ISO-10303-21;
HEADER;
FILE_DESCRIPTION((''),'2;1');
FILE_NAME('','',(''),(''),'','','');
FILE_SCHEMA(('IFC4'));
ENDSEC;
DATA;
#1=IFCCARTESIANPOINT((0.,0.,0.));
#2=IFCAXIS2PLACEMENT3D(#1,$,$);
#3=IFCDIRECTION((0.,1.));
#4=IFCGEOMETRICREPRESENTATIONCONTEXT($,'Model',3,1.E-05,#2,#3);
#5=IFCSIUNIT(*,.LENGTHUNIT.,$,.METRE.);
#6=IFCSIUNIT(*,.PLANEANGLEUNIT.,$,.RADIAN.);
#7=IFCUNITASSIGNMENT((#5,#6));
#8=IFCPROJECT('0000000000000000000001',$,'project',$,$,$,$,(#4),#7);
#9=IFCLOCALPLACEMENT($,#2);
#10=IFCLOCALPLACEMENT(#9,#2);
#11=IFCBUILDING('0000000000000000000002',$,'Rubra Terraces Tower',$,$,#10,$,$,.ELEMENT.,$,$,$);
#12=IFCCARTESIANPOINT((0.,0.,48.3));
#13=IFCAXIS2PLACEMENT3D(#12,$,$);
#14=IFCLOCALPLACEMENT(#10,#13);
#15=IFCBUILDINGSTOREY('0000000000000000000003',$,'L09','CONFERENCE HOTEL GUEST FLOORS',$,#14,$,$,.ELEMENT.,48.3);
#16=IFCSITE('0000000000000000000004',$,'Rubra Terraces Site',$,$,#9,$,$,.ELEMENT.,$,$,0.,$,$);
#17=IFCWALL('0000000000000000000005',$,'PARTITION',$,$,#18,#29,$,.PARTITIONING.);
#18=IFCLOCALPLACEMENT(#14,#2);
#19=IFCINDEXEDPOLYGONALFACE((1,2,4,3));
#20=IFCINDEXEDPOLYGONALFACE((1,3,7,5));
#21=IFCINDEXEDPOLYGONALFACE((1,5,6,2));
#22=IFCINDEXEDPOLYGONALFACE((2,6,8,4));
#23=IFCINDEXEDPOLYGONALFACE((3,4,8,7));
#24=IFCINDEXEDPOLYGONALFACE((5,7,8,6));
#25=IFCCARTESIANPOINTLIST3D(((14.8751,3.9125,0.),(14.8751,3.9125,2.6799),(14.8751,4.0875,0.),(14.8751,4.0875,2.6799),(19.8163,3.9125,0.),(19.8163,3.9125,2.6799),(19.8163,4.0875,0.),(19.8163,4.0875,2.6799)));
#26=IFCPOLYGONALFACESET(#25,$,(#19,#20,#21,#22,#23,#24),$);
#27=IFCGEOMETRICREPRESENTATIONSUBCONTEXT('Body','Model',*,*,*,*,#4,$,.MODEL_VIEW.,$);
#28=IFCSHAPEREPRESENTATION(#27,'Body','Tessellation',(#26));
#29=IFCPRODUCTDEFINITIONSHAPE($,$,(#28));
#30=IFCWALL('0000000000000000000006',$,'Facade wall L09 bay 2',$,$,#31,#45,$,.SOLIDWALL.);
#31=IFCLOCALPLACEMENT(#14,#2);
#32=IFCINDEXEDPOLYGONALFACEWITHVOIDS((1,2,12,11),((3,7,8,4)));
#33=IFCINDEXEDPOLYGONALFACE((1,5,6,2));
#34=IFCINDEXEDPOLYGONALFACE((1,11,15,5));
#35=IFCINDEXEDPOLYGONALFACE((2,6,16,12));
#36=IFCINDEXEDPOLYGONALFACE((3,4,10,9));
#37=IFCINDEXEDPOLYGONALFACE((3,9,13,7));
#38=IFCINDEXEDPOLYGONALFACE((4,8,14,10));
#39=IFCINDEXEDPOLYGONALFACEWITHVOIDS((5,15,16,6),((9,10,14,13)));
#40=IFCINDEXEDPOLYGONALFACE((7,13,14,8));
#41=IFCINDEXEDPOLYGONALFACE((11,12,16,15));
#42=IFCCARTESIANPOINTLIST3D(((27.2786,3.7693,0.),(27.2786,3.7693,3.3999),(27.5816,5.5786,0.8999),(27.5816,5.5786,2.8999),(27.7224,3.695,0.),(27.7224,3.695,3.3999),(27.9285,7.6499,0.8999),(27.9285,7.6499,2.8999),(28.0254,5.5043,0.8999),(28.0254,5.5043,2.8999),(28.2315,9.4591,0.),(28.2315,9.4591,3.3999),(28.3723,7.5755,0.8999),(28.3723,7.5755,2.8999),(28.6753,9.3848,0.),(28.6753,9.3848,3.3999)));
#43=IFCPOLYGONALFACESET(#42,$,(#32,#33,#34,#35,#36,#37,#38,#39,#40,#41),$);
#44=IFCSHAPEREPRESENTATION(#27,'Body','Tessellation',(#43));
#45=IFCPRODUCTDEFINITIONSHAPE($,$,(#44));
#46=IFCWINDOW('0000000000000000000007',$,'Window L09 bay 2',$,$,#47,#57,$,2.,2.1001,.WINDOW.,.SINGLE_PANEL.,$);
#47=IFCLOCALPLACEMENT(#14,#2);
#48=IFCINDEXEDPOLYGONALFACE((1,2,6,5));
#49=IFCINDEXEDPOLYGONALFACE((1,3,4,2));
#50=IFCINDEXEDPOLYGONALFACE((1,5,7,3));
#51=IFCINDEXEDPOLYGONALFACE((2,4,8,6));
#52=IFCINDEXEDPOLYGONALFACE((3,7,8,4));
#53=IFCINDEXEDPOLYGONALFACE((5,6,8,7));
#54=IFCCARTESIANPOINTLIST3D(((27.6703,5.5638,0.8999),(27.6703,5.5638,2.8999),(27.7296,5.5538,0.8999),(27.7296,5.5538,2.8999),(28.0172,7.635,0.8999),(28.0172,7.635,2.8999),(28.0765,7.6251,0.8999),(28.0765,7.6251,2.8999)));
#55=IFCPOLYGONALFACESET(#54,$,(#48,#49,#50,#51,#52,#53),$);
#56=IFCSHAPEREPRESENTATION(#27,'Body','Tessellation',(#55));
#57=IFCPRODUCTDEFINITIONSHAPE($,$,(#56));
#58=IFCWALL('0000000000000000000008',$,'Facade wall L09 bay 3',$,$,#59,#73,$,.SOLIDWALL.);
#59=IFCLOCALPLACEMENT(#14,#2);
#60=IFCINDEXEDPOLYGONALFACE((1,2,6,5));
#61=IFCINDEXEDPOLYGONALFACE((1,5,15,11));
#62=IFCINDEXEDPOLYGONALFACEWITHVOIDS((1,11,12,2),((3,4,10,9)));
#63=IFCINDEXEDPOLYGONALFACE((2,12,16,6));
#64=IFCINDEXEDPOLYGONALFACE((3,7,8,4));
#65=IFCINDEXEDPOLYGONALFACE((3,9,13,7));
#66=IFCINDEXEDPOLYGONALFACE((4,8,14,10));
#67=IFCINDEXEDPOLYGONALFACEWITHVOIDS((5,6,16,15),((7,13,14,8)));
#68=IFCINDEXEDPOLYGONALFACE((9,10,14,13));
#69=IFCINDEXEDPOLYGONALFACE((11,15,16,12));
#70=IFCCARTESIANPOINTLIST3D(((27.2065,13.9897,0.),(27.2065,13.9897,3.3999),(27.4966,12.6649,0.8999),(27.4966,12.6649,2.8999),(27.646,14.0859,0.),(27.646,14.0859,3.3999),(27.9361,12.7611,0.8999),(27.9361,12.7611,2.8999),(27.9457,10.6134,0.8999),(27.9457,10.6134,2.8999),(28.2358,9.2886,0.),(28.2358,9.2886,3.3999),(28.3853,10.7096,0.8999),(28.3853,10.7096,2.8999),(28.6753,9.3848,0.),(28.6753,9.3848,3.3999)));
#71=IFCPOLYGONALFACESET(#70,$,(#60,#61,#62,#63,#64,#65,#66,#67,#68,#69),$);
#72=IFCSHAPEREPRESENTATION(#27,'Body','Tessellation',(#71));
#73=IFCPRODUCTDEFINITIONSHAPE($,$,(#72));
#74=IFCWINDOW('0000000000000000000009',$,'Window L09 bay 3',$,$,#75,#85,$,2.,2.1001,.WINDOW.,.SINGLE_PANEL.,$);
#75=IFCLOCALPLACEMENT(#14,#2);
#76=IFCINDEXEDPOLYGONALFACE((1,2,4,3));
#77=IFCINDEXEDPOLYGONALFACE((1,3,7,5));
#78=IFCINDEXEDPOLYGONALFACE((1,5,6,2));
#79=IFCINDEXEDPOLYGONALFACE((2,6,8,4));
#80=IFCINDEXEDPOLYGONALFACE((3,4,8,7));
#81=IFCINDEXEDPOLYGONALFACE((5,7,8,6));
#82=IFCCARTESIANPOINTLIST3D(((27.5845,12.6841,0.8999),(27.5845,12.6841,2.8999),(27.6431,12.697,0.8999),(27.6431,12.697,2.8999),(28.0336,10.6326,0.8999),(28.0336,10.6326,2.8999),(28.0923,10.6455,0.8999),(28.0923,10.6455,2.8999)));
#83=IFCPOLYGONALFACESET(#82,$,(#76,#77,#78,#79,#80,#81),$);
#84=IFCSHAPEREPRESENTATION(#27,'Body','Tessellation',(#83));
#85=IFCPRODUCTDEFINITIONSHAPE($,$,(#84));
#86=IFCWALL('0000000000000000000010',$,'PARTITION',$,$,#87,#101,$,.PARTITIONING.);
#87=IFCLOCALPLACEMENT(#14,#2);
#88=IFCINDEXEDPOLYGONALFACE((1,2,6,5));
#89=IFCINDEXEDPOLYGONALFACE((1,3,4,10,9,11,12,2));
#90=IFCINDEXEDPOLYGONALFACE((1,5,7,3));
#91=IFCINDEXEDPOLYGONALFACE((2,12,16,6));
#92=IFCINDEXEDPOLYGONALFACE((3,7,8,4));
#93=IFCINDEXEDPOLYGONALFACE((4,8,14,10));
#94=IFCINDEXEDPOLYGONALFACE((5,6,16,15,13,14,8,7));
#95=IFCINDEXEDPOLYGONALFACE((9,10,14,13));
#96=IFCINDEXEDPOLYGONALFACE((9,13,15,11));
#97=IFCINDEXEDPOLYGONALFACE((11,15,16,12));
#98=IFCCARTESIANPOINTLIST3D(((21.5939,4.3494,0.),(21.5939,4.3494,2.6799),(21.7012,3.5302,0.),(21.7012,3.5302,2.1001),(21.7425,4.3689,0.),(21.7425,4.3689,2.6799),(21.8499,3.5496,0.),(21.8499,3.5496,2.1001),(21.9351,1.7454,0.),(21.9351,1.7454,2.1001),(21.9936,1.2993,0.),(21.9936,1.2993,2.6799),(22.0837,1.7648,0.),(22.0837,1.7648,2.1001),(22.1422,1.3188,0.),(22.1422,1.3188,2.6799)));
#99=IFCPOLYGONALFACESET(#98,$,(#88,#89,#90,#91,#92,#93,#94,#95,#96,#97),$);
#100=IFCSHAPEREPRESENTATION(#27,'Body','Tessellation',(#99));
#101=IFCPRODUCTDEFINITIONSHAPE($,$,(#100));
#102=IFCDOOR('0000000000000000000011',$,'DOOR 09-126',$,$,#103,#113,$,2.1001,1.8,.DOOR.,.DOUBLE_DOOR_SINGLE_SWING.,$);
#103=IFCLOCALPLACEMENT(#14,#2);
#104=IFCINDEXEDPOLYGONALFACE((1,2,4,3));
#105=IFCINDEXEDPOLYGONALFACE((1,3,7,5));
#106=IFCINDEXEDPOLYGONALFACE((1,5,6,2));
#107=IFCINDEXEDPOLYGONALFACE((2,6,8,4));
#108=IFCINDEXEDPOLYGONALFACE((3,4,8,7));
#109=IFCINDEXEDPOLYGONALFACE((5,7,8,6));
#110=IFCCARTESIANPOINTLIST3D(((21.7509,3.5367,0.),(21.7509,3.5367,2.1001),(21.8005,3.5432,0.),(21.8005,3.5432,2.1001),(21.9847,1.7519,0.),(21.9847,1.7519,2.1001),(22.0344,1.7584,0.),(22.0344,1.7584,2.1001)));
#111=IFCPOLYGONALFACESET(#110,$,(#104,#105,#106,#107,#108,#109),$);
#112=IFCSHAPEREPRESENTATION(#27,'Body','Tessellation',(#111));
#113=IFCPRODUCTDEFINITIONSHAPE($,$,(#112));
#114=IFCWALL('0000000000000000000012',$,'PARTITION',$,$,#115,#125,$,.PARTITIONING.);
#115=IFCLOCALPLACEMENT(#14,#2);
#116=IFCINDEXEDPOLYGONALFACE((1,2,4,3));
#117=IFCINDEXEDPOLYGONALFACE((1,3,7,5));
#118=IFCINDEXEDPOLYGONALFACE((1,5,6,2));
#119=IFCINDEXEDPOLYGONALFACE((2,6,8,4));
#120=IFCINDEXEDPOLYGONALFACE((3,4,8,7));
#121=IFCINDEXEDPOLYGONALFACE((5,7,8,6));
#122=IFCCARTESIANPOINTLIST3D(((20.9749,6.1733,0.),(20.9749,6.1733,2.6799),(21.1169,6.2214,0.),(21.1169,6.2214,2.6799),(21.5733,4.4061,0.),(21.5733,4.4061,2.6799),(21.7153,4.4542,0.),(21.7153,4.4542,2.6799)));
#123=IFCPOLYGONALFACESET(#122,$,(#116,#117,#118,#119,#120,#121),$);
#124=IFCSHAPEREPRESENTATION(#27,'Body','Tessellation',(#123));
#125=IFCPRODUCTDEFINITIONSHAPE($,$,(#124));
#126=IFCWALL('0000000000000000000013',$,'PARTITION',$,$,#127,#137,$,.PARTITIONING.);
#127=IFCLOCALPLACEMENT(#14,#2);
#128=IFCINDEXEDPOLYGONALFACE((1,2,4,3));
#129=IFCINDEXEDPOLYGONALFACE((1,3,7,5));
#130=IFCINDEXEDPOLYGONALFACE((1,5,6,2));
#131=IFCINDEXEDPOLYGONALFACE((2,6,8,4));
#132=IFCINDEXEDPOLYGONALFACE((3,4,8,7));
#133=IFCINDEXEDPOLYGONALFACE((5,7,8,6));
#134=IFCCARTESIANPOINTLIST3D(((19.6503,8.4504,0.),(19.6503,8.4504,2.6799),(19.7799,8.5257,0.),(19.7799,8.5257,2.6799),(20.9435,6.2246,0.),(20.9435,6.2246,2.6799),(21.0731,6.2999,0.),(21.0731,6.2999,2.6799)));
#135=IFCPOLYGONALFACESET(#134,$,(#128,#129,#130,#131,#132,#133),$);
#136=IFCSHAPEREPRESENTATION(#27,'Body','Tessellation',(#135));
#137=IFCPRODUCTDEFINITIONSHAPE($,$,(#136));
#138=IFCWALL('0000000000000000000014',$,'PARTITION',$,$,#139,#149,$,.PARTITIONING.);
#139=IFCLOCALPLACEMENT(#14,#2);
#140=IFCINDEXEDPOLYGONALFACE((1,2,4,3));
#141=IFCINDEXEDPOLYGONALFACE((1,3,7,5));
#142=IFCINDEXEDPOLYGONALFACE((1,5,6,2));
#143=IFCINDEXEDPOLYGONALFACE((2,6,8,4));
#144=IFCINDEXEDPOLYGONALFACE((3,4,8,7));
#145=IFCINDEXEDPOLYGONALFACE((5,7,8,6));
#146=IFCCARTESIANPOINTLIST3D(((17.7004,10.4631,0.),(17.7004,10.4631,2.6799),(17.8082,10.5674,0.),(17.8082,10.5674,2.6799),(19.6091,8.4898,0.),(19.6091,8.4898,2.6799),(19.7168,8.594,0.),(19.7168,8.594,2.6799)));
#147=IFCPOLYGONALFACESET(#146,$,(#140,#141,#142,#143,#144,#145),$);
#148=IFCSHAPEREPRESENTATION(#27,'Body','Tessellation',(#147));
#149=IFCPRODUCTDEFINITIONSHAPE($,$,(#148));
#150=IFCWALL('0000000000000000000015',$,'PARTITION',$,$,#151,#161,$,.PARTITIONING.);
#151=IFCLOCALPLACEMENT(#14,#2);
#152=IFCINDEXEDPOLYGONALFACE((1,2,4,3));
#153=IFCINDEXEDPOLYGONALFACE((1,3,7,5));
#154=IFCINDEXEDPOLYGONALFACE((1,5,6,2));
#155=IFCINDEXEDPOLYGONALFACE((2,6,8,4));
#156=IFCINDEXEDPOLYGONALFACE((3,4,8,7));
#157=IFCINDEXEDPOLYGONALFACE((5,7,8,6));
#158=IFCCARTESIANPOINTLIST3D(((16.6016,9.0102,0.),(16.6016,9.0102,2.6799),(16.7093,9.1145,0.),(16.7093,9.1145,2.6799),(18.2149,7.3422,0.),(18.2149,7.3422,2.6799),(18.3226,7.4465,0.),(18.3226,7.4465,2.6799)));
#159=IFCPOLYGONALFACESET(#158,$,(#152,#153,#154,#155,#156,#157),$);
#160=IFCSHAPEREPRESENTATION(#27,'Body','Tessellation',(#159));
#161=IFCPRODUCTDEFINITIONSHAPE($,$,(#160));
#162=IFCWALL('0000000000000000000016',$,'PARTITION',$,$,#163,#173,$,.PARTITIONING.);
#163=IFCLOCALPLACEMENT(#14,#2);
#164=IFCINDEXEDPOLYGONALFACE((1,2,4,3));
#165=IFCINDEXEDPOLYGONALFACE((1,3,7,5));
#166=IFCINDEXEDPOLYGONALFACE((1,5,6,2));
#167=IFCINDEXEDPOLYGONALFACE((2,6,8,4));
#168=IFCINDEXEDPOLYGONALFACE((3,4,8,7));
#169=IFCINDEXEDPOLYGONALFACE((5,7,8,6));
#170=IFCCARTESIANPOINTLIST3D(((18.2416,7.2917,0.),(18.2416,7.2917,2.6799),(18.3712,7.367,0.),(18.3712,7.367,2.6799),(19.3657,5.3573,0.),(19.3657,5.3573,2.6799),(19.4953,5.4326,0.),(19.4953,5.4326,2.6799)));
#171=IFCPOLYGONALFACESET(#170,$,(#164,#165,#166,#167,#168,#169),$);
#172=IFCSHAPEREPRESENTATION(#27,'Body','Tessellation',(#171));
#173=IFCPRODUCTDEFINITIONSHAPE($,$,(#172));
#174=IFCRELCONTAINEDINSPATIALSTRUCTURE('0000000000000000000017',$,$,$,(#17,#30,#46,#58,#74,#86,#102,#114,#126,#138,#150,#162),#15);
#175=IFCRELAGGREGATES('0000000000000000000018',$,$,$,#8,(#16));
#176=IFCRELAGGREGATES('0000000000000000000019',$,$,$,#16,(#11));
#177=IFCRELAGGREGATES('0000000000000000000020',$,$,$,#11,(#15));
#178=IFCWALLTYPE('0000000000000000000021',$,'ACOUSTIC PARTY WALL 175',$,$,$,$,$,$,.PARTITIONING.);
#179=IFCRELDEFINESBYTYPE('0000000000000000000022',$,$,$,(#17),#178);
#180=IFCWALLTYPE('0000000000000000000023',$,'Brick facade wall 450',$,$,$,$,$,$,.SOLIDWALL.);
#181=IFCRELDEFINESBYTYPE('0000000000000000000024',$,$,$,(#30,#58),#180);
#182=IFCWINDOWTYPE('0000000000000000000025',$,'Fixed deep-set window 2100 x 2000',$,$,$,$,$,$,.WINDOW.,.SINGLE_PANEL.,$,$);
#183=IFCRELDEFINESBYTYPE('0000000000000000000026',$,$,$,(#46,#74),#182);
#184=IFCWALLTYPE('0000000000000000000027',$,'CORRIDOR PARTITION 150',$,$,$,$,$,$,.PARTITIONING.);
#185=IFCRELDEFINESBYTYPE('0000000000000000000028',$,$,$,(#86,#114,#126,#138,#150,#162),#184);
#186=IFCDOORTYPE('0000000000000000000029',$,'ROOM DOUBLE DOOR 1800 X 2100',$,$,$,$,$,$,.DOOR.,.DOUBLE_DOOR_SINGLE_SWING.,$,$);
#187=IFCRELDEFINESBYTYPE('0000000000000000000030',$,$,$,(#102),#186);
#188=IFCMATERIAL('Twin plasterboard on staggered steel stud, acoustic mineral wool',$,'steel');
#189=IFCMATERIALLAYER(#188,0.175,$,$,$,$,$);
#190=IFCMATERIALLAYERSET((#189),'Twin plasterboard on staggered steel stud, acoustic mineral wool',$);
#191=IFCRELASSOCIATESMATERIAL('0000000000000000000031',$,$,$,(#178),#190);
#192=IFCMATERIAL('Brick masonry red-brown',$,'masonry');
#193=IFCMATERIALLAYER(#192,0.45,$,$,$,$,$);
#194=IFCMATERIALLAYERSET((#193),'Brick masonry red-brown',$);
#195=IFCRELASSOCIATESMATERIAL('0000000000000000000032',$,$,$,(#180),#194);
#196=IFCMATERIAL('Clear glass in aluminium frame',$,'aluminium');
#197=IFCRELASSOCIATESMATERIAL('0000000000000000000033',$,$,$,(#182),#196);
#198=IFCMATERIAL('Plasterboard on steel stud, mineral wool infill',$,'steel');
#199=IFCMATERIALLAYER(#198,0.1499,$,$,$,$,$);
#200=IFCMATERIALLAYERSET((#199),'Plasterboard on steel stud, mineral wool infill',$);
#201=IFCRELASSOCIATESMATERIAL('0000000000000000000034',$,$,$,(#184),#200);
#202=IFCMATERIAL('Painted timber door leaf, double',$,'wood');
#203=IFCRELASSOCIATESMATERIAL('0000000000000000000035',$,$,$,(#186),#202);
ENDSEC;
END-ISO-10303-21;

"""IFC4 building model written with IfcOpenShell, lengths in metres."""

from ifc_helpers import new_model, si_unit, direction, frame, frame_2d, origin, place, context, subcontext, project, spatial, rectangle, extrude, material, layer, layer_set, type_object, element, fill, save


model = new_model("IFC4")

# Units and contexts
model_context = context("Model", 3, precision=1e-05, world=origin(), true_north=direction((0.0, 1.0)))
body_context = subcontext(model_context, "Body", "Model", "MODEL_VIEW")
ifc_project = project(units=[si_unit("LENGTHUNIT", "METRE"), si_unit("PLANEANGLEUNIT", "RADIAN")], contexts=[model_context])

# Site, building, storey
site_placement = place(None, origin())
site = spatial("IfcSite", under=ifc_project, at=site_placement, Name="Rubra Terraces Site", CompositionType="ELEMENT", RefElevation=0.0)
building_placement = place(site_placement, origin())
building = spatial("IfcBuilding", under=site, at=building_placement, Name="Rubra Terraces Tower", CompositionType="ELEMENT")
storey_placement = place(building_placement, frame((0.0, 0.0, 48.3)))
storey = spatial("IfcBuildingStorey", under=building, at=storey_placement, Name="L09", Description="CONFERENCE HOTEL GUEST FLOORS", CompositionType="ELEMENT", Elevation=48.3)

# Wall
ifc_material_1 = material(Name="Twin plasterboard on staggered steel stud, acoustic mineral wool", Category="steel")
ifc_layer_1 = layer(ifc_material_1, 0.175)
ifc_layer_set_1 = layer_set([ifc_layer_1], Name="Twin plasterboard on staggered steel stud, acoustic mineral wool")
wall_type_1 = type_object("IfcWallType", Name="ACOUSTIC PARTY WALL 175", PredefinedType="PARTITIONING", material=ifc_layer_set_1)
wall_1_placement = place(storey_placement, frame((14.875, 4.0, 0.0), z_axis=(0.0, 0.0, 1.0), x_axis=(1.0, 0.0, 0.0)))
element("IfcWall", 1, at=wall_1_placement, inside=storey, type_object=wall_type_1, Name="PARTITION", PredefinedType="PARTITIONING", context=body_context, shape_type="SweptSolid", body=[
    extrude(rectangle(XDim=4.9412, YDim=0.175, at=frame_2d((2.4707, 0.0))), origin(), (0.0, 0.0, 1.0), 2.6799),
])

# Walls, openings, windows
ifc_material_2 = material(Name="Brick masonry red-brown", Category="masonry")
ifc_layer_2 = layer(ifc_material_2, 0.45)
ifc_layer_set_2 = layer_set([ifc_layer_2], Name="Brick masonry red-brown")
wall_type_2 = type_object("IfcWallType", Name="Brick facade wall 450", PredefinedType="SOLIDWALL", material=ifc_layer_set_2)
wall_2_placement = place(storey_placement, frame((27.5005, 3.7322, 0.0), z_axis=(0.0, 0.0, 1.0), x_axis=(0.165174, 0.986264, 0.0)))
wall_2 = element("IfcWall", 2, at=wall_2_placement, inside=storey, type_object=wall_type_2, Name="Facade wall L09 bay 2", PredefinedType="SOLIDWALL", context=body_context, shape_type="SweptSolid", body=[
    extrude(rectangle(XDim=5.769, YDim=0.45, at=frame_2d((2.8845, 0.0))), origin(), (0.0, 0.0, 1.0), 3.3999),
])
opening_1_placement = place(wall_2_placement, frame((1.8345, 0.0, 0.8999)))
opening_1 = element("IfcOpeningElement", 3, at=opening_1_placement, cuts=wall_2, PredefinedType="OPENING", context=body_context, shape_type="SweptSolid", body=[
    extrude(rectangle(XDim=2.1001, YDim=2.0, at=frame_2d((1.05, 1.0))), frame((0.0, 0.2349, 0.0), z_axis=(0.0, -1.0, 0.0), x_axis=(1.0, 0.0, 0.0)), (0.0, 0.0, 1.0), 0.47),
])
ifc_material_3 = material(Name="Clear glass in aluminium frame", Category="aluminium")
window_type = type_object("IfcWindowType", Name="Fixed deep-set window 2100 x 2000", PartitioningType="SINGLE_PANEL", PredefinedType="WINDOW", material=ifc_material_3)
window_1_placement = place(opening_1_placement, origin())
window_1 = element("IfcWindow", 4, at=window_1_placement, inside=storey, type_object=window_type, Name="Window L09 bay 2", OverallHeight=2.0, OverallWidth=2.1001, PartitioningType="SINGLE_PANEL", PredefinedType="WINDOW", context=body_context, shape_type="SweptSolid", body=[
    extrude(rectangle(XDim=2.1001, YDim=2.0, at=frame_2d((1.05, 1.0))), frame((0.0, 0.135, 0.0), z_axis=(0.0, -1.0, 0.0), x_axis=(1.0, 0.0, 0.0)), (0.0, 0.0, 1.0), 0.0601),
])
fill(opening_1, window_1)
wall_3_placement = place(storey_placement, frame((28.4556, 9.3367, 0.0), z_axis=(0.0, 0.0, 1.0), x_axis=(-0.213878, 0.97686, 0.0)))
wall_3 = element("IfcWall", 5, at=wall_3_placement, inside=storey, type_object=wall_type_2, Name="Facade wall L09 bay 3", PredefinedType="SOLIDWALL", context=body_context, shape_type="SweptSolid", body=[
    extrude(rectangle(XDim=4.8125, YDim=0.45, at=frame_2d((2.4062, 0.0))), origin(), (0.0, 0.0, 1.0), 3.3999),
])
opening_2_placement = place(wall_3_placement, frame((1.3562, 0.0, 0.8999)))
opening_2 = element("IfcOpeningElement", 6, at=opening_2_placement, cuts=wall_3, PredefinedType="OPENING", context=body_context, shape_type="SweptSolid", body=[
    extrude(rectangle(XDim=2.1001, YDim=2.0, at=frame_2d((1.05, 1.0))), frame((0.0, 0.2349, 0.0), z_axis=(0.0, -1.0, 0.0), x_axis=(1.0, 0.0, 0.0)), (0.0, 0.0, 1.0), 0.47),
])
window_2_placement = place(opening_2_placement, origin())
window_2 = element("IfcWindow", 7, at=window_2_placement, inside=storey, type_object=window_type, Name="Window L09 bay 3", OverallHeight=2.0, OverallWidth=2.1001, PartitioningType="SINGLE_PANEL", PredefinedType="WINDOW", context=body_context, shape_type="SweptSolid", body=[
    extrude(rectangle(XDim=2.1001, YDim=2.0, at=frame_2d((1.05, 1.0))), frame((0.0, 0.135, 0.0), z_axis=(0.0, -1.0, 0.0), x_axis=(1.0, 0.0, 0.0)), (0.0, 0.0, 1.0), 0.0601),
])
fill(opening_2, window_2)

# Wall, opening, door
ifc_material_4 = material(Name="Plasterboard on steel stud, mineral wool infill", Category="steel")
ifc_layer_3 = layer(ifc_material_4, 0.1499)
ifc_layer_set_3 = layer_set([ifc_layer_3], Name="Plasterboard on steel stud, mineral wool infill")
wall_type_3 = type_object("IfcWallType", Name="CORRIDOR PARTITION 150", PredefinedType="PARTITIONING", material=ifc_layer_set_3)
wall_4_placement = place(storey_placement, frame((22.0679, 1.3091, 0.0), z_axis=(0.0, 0.0, 1.0), x_axis=(-0.129923, 0.991524, 0.0)))
wall_4 = element("IfcWall", 8, at=wall_4_placement, inside=storey, type_object=wall_type_3, Name="PARTITION", PredefinedType="PARTITIONING", context=body_context, shape_type="SweptSolid", body=[
    extrude(rectangle(XDim=3.0762, YDim=0.1499, at=frame_2d((1.5381, 0.0))), origin(), (0.0, 0.0, 1.0), 2.6799),
])
opening_3_placement = place(wall_4_placement, frame((0.45, 0.0, 0.0)))
opening_3 = element("IfcOpeningElement", 9, at=opening_3_placement, cuts=wall_4, PredefinedType="OPENING", context=body_context, shape_type="SweptSolid", body=[
    extrude(rectangle(XDim=1.8, YDim=2.1001, at=frame_2d((0.8999, 1.05))), frame((0.0, 0.085, 0.0), z_axis=(0.0, -1.0, 0.0), x_axis=(1.0, 0.0, 0.0)), (0.0, 0.0, 1.0), 0.1699),
])
ifc_material_5 = material(Name="Painted timber door leaf, double", Category="wood")
door_type = type_object("IfcDoorType", Name="ROOM DOUBLE DOOR 1800 X 2100", OperationType="DOUBLE_DOOR_SINGLE_SWING", PredefinedType="DOOR", material=ifc_material_5)
door_placement = place(opening_3_placement, origin())
door = element("IfcDoor", 10, at=door_placement, inside=storey, type_object=door_type, Name="DOOR 09-126", OperationType="DOUBLE_DOOR_SINGLE_SWING", OverallHeight=2.1001, OverallWidth=1.8, PredefinedType="DOOR", context=body_context, shape_type="SweptSolid", body=[
    extrude(rectangle(XDim=1.8, YDim=2.1001, at=frame_2d((0.8999, 1.05))), frame((0.0, 0.0249, 0.0), z_axis=(0.0, -1.0, 0.0), x_axis=(1.0, 0.0, 0.0)), (0.0, 0.0, 1.0), 0.05),
])
fill(opening_3, door)

# Walls
wall_5_placement = place(storey_placement, frame((21.6443, 4.4302, 0.0), z_axis=(0.0, 0.0, 1.0), x_axis=(-0.320739, 0.947168, 0.0)))
element("IfcWall", 11, at=wall_5_placement, inside=storey, type_object=wall_type_3, Name="PARTITION", PredefinedType="PARTITIONING", context=body_context, shape_type="SweptSolid", body=[
    extrude(rectangle(XDim=1.8657, YDim=0.1499, at=frame_2d((0.9329, 0.0))), origin(), (0.0, 0.0, 1.0), 2.6799),
])
wall_6_placement = place(storey_placement, frame((21.0083, 6.2622, 0.0), z_axis=(0.0, 0.0, 1.0), x_axis=(-0.502367, 0.864655, 0.0)))
element("IfcWall", 12, at=wall_6_placement, inside=storey, type_object=wall_type_3, Name="PARTITION", PredefinedType="PARTITIONING", context=body_context, shape_type="SweptSolid", body=[
    extrude(rectangle(XDim=2.5742, YDim=0.1499, at=frame_2d((1.2871, 0.0))), origin(), (0.0, 0.0, 1.0), 2.6799),
])
wall_7_placement = place(storey_placement, frame((19.6628, 8.542, 0.0), z_axis=(0.0, 0.0, 1.0), x_axis=(-0.695226, 0.718791, 0.0)))
element("IfcWall", 13, at=wall_7_placement, inside=storey, type_object=wall_type_3, Name="PARTITION", PredefinedType="PARTITIONING", context=body_context, shape_type="SweptSolid", body=[
    extrude(rectangle(XDim=2.7454, YDim=0.1499, at=frame_2d((1.3726, 0.0))), origin(), (0.0, 0.0, 1.0), 2.6799),
])
wall_8_placement = place(storey_placement, frame((16.6555, 9.0623, 0.0), z_axis=(0.0, 0.0, 1.0), x_axis=(0.695225, -0.718792, 0.0)))
element("IfcWall", 14, at=wall_8_placement, inside=storey, type_object=wall_type_3, Name="PARTITION", PredefinedType="PARTITIONING", context=body_context, shape_type="SweptSolid", body=[
    extrude(rectangle(XDim=2.3206, YDim=0.1499, at=frame_2d((1.1602, 0.0))), origin(), (0.0, 0.0, 1.0), 2.6799),
])
wall_9_placement = place(storey_placement, frame((18.3064, 7.3293, 0.0), z_axis=(0.0, 0.0, 1.0), x_axis=(0.502425, -0.864621, 0.0)))
element("IfcWall", 15, at=wall_9_placement, inside=storey, type_object=wall_type_3, Name="PARTITION", PredefinedType="PARTITIONING", context=body_context, shape_type="SweptSolid", body=[
    extrude(rectangle(XDim=2.2373, YDim=0.1499, at=frame_2d((1.1187, 0.0))), origin(), (0.0, 0.0, 1.0), 2.6799),
])

save(model, "model.ifc")
